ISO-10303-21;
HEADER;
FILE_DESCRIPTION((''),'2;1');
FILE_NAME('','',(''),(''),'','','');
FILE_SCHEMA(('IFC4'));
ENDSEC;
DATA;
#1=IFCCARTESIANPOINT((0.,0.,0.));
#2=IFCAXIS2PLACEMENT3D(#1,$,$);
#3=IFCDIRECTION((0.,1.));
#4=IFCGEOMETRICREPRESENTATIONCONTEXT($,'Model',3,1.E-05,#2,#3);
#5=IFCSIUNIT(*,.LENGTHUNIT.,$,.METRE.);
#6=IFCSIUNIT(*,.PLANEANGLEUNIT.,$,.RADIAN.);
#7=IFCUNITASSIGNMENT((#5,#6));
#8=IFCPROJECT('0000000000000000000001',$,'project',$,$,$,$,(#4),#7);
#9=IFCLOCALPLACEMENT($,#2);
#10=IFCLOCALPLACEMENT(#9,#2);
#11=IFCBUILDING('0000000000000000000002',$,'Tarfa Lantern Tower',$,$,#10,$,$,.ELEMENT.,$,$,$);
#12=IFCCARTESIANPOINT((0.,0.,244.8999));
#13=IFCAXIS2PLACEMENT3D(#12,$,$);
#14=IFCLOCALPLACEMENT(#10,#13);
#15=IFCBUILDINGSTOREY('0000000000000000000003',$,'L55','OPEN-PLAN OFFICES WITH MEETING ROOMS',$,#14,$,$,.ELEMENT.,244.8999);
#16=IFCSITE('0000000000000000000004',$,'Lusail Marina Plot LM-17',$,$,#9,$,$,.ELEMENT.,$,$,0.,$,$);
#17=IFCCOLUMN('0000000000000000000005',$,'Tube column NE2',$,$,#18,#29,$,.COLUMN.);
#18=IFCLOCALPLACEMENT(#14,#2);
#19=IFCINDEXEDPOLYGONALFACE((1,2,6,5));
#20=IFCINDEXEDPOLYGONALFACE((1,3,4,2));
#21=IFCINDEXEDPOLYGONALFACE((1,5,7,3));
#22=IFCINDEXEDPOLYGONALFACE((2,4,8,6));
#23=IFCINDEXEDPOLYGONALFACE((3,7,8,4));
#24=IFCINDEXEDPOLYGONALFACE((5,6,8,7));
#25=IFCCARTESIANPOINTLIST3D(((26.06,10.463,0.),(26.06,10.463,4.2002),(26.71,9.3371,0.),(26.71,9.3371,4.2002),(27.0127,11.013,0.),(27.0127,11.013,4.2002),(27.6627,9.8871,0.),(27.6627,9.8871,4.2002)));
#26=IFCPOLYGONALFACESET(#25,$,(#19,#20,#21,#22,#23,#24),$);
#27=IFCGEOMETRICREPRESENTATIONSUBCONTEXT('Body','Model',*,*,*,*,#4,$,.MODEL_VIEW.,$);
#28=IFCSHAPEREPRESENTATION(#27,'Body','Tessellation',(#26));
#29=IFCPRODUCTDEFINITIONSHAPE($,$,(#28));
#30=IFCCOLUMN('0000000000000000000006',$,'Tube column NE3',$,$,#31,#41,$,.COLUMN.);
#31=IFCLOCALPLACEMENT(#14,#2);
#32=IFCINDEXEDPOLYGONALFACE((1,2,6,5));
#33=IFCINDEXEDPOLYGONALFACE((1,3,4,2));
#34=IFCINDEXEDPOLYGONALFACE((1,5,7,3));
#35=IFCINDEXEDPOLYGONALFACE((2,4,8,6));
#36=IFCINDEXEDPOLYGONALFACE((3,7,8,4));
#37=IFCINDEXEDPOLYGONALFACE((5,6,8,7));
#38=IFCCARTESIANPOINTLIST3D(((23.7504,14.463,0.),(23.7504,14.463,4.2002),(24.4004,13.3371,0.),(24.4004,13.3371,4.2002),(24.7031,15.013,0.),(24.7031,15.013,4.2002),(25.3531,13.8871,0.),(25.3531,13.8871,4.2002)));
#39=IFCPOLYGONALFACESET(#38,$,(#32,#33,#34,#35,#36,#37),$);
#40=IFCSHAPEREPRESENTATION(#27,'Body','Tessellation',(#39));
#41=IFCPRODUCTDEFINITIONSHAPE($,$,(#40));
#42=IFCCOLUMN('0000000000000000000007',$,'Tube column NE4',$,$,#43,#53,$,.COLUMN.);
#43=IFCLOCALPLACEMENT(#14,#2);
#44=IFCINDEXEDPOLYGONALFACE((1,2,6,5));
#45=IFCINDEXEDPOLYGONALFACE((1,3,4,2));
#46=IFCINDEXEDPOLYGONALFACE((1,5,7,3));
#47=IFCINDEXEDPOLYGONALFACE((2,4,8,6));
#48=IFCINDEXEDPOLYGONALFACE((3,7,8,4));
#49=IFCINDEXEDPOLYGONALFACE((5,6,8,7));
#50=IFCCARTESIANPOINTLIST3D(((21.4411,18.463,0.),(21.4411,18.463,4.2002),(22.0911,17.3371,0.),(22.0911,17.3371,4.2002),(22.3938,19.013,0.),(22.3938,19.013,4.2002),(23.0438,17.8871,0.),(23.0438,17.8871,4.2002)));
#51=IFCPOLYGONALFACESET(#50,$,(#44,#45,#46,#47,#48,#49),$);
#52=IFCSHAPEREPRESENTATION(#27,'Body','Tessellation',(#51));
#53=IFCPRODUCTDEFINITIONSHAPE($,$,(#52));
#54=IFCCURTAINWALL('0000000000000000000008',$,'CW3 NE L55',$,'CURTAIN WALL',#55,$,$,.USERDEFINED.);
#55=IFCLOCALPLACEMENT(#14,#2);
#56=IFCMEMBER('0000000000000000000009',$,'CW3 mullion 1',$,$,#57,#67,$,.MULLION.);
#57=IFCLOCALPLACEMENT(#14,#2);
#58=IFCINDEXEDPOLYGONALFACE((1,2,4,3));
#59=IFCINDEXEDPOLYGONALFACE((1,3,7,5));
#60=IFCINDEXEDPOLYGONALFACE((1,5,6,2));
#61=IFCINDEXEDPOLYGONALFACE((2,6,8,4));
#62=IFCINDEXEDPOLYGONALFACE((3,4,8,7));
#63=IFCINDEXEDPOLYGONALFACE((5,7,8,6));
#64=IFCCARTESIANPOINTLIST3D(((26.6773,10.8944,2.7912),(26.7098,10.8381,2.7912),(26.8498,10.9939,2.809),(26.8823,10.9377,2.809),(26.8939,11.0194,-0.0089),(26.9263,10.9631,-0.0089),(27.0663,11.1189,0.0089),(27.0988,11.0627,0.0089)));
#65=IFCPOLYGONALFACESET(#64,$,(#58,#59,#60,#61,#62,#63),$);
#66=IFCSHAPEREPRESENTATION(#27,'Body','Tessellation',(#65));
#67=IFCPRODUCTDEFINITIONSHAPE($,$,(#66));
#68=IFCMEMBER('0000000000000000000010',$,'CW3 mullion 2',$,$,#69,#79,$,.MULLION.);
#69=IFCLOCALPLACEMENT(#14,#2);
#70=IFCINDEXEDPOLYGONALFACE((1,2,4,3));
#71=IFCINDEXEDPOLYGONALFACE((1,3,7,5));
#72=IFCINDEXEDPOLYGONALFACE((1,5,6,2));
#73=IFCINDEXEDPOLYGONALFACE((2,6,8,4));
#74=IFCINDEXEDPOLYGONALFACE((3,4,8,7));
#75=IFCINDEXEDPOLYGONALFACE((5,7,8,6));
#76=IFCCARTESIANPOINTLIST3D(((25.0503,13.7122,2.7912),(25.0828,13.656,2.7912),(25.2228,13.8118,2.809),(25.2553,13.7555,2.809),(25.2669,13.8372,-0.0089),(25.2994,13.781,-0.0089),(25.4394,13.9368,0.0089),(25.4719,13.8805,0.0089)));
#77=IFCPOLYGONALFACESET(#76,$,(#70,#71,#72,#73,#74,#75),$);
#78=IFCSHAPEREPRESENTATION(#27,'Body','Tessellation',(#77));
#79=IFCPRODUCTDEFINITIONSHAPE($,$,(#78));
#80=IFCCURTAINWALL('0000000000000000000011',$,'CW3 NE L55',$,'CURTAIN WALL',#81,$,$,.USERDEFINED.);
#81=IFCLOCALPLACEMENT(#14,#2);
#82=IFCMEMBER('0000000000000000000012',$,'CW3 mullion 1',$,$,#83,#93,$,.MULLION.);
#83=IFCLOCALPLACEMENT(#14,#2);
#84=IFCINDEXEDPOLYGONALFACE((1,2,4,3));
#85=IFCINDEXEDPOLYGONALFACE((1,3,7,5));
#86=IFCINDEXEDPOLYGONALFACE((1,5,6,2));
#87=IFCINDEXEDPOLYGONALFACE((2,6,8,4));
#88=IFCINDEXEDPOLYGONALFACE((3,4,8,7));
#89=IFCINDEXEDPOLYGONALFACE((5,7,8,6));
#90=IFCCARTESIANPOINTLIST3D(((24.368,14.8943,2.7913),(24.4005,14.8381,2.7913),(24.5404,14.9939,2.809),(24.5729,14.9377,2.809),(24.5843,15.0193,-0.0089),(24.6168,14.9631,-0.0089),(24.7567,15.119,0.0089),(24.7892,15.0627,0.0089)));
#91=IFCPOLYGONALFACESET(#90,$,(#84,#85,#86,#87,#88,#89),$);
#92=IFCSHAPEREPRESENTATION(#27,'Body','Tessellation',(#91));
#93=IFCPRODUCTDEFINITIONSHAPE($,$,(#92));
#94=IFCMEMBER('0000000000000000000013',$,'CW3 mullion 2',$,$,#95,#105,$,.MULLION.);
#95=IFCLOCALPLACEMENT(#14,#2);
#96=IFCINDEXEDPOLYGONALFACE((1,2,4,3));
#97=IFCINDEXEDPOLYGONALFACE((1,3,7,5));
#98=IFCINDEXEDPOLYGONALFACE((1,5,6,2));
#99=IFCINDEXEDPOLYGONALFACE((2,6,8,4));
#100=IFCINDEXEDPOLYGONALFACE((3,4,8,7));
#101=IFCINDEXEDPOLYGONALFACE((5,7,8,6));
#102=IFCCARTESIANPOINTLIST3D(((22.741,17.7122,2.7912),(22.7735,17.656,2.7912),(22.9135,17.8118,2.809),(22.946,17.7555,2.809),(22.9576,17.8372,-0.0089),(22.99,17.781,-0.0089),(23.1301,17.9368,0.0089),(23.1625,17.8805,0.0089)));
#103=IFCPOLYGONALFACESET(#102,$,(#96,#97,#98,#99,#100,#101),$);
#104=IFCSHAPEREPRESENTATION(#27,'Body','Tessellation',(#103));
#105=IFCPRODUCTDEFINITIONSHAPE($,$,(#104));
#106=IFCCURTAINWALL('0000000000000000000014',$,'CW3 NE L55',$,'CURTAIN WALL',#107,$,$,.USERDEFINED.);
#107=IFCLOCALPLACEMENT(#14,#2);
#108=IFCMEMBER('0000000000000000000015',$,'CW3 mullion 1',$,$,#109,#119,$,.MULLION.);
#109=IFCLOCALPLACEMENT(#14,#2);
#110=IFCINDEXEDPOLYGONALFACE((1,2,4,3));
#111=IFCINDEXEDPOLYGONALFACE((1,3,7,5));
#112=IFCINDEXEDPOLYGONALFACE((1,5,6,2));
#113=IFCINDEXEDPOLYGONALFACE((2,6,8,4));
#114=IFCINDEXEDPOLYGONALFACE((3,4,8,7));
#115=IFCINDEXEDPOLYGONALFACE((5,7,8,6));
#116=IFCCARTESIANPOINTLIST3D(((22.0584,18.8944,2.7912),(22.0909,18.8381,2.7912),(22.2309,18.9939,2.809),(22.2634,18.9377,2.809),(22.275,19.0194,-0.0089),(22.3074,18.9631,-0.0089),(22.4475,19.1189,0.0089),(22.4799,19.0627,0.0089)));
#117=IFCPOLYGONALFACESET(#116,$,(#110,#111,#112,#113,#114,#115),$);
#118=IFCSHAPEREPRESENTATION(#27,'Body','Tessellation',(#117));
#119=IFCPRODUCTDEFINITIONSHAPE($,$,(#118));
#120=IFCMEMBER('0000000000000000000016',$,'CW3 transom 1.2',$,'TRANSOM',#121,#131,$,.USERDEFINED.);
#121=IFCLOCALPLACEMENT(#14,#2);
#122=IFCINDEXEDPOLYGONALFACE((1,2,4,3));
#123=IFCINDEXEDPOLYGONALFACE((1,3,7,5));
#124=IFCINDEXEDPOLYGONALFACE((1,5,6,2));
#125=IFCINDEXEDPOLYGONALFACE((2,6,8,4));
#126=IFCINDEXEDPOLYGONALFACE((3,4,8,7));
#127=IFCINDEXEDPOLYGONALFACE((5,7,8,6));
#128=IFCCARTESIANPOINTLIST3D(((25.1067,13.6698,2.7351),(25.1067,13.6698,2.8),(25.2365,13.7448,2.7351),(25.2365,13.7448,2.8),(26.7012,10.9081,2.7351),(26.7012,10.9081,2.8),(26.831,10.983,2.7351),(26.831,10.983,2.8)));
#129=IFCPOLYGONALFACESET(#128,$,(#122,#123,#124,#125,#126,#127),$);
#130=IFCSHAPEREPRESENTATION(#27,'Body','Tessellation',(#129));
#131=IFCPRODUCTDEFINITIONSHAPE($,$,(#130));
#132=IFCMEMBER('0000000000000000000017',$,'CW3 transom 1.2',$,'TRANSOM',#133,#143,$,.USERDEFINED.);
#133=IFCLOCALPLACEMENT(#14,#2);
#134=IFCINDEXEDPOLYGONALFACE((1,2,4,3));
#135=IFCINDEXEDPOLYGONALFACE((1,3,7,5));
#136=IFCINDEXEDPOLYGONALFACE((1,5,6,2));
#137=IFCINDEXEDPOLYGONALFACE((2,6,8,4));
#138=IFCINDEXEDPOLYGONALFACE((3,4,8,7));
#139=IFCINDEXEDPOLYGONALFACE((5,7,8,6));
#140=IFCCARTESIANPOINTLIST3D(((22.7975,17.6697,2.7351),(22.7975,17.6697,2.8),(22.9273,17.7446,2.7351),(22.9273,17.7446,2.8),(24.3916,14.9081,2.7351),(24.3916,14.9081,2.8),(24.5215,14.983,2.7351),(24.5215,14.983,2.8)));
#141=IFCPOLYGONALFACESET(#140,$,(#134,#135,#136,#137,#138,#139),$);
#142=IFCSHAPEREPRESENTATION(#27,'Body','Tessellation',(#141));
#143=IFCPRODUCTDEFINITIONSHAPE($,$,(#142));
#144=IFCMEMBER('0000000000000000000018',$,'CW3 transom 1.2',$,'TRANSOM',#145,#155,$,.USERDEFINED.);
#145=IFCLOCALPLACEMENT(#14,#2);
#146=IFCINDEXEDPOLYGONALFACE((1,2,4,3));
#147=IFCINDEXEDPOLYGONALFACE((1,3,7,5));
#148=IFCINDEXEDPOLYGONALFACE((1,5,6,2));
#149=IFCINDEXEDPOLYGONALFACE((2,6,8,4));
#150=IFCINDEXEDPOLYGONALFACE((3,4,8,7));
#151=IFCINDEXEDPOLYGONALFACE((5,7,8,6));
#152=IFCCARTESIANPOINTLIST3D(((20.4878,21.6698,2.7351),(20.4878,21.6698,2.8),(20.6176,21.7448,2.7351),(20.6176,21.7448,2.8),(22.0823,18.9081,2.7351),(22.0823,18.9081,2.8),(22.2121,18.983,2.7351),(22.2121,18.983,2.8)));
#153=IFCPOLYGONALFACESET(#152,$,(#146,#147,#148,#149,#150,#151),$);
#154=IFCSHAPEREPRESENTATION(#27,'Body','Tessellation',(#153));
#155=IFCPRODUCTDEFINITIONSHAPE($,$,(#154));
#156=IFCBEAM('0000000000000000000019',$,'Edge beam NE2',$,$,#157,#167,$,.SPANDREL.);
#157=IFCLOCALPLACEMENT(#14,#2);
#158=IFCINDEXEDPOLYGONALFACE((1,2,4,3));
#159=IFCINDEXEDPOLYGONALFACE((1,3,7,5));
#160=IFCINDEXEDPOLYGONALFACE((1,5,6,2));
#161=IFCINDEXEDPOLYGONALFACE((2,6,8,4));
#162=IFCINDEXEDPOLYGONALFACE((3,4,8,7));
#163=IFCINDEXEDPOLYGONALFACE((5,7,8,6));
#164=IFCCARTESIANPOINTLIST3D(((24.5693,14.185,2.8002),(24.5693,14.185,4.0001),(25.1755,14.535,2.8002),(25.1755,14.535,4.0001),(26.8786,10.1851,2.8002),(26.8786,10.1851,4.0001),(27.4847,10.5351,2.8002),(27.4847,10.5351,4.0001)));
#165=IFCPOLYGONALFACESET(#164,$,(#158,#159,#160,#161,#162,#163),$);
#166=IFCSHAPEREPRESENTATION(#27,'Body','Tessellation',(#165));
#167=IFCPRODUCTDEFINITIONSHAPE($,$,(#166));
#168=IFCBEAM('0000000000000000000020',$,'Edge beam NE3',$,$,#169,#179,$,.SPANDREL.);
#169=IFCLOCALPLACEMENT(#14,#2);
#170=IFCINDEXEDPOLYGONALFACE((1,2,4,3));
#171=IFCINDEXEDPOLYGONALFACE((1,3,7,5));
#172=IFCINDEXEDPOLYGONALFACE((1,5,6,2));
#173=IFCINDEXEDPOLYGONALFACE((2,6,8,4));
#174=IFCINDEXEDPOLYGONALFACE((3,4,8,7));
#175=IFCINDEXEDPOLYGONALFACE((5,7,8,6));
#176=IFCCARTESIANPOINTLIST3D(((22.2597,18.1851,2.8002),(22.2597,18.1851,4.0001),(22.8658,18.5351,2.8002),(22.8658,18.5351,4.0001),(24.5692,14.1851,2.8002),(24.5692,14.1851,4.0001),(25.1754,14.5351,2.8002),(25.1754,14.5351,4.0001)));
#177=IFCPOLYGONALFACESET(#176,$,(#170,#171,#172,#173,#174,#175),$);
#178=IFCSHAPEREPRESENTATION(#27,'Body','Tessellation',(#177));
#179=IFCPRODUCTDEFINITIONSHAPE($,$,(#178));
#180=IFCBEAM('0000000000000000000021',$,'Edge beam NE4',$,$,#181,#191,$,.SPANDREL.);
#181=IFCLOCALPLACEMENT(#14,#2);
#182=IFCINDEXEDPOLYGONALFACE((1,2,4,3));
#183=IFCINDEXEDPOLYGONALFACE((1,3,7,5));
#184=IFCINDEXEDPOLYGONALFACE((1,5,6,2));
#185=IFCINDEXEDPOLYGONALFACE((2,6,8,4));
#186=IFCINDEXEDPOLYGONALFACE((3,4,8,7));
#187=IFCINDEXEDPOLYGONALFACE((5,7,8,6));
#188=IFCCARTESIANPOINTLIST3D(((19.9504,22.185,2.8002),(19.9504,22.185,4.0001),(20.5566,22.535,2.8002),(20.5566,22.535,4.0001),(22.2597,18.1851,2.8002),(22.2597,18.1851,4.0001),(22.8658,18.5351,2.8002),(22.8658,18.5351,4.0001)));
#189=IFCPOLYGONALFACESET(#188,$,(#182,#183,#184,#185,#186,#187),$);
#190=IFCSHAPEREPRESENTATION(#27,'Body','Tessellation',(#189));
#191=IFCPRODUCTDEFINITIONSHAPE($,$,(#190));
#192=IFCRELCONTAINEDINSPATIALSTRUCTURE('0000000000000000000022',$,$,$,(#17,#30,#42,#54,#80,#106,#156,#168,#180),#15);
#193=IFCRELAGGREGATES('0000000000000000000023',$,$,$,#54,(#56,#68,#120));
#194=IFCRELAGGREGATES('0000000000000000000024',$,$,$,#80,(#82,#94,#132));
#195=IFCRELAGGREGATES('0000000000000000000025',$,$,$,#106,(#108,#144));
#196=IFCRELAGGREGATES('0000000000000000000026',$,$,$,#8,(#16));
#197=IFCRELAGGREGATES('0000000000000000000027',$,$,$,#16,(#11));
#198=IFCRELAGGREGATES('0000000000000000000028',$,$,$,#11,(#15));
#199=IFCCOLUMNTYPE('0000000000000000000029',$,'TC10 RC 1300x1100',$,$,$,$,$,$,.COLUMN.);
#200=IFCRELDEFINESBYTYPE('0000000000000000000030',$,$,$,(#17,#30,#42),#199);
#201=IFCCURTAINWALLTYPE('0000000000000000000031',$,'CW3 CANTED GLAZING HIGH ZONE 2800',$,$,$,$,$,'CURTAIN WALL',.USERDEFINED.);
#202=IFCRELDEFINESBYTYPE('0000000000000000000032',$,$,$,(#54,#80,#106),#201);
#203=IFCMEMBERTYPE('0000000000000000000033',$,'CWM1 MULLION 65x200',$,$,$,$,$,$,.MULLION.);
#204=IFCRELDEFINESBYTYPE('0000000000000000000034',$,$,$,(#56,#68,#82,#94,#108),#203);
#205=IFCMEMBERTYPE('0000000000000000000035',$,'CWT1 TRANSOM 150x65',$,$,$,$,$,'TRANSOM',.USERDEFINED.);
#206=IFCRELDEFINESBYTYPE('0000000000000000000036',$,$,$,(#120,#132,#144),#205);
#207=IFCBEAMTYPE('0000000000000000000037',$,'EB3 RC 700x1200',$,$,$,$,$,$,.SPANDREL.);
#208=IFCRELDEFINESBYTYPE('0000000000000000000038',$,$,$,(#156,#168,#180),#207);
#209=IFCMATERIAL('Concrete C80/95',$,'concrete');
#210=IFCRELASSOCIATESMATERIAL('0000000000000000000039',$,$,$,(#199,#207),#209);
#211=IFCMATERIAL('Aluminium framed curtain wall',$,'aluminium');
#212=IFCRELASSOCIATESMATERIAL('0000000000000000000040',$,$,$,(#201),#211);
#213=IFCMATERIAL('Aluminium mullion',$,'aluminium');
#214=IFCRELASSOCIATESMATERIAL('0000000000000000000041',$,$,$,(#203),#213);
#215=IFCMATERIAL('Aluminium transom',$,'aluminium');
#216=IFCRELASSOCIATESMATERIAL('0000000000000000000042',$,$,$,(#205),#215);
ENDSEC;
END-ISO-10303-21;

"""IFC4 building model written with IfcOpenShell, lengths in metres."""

from ifc_helpers import new_model, si_unit, direction, frame, origin, origin_2d, place, context, subcontext, project, spatial, rectangle, extrude, material, material_profile, profile_set, type_object, element, aggregate, save


model = new_model("IFC4")

# Units and contexts
model_context = context("Model", 3, precision=1e-05, world=origin(), true_north=direction((0.0, 1.0)))
body_context = subcontext(model_context, "Body", "Model", "MODEL_VIEW")
ifc_project = project(units=[si_unit("LENGTHUNIT", "METRE"), si_unit("PLANEANGLEUNIT", "RADIAN")], contexts=[model_context])

# Site, building, storey
site_placement = place(None, origin())
site = spatial("IfcSite", under=ifc_project, at=site_placement, Name="Lusail Marina Plot LM-17", CompositionType="ELEMENT", RefElevation=0.0)
building_placement = place(site_placement, origin())
building = spatial("IfcBuilding", under=site, at=building_placement, Name="Tarfa Lantern Tower", CompositionType="ELEMENT")
storey_placement = place(building_placement, frame((0.0, 0.0, 244.8999)))
storey = spatial("IfcBuildingStorey", under=building, at=storey_placement, Name="L55", Description="OPEN-PLAN OFFICES WITH MEETING ROOMS", CompositionType="ELEMENT", Elevation=244.8999)

# Columns
ifc_material_1 = material(Name="Concrete C80/95", Category="concrete")
ifc_material_profile_1 = material_profile(ifc_material_1, rectangle(XDim=1.3, YDim=1.1001, at=origin_2d()), Name="RC 1300x1100")
ifc_profile_set_1 = profile_set([ifc_material_profile_1], Name="Concrete C80/95")
column_type = type_object("IfcColumnType", Name="TC10 RC 1300x1100", PredefinedType="COLUMN", material=ifc_profile_set_1)
for number, where, z_axis, x_axis, name in (
    (1, (26.8613, 10.175, 0.0), (0.0, 0.0, 1.0), (-0.5, 0.866025, 0.0), "Tube column NE2"),
    (2, (24.5518, 14.175, 0.0), (0.0, 0.0, 1.0), (-0.5, 0.866025, 0.0), "Tube column NE3"),
    (3, (22.2424, 18.175, 0.0), (0.0, 0.0, 1.0), (-0.5, 0.866025, 0.0), "Tube column NE4"),
):
    element("IfcColumn", number, at=place(storey_placement, frame(where, z_axis=z_axis, x_axis=x_axis)), inside=storey, type_object=column_type, Name=name, PredefinedType="COLUMN", context=body_context, shape_type="SweptSolid", body=[
        extrude(rectangle(XDim=1.3, YDim=1.1001, at=origin_2d()), origin(), (0.0, 0.0, 1.0), 4.2002),
    ])

# Curtain walls, members
ifc_material_2 = material(Name="Aluminium framed curtain wall", Category="aluminium")
curtain_wall_type = type_object("IfcCurtainWallType", Name="CW3 CANTED GLAZING HIGH ZONE 2800", ElementType="CURTAIN WALL", PredefinedType="USERDEFINED", material=ifc_material_2)
curtain_wall_1_placement = place(storey_placement, origin())
curtain_wall_1 = element("IfcCurtainWall", 4, at=curtain_wall_1_placement, inside=storey, type_object=curtain_wall_type, Name="CW3 NE L55", ObjectType="CURTAIN WALL", PredefinedType="USERDEFINED")
ifc_material_3 = material(Name="Aluminium mullion", Category="aluminium")
ifc_material_profile_2 = material_profile(ifc_material_3, rectangle(XDim=0.0649, YDim=0.2, at=origin_2d()), Name="AL MULLION 65x200")
ifc_profile_set_2 = profile_set([ifc_material_profile_2], Name="Aluminium mullion")
member_type_1 = type_object("IfcMemberType", Name="CWM1 MULLION 65x200", PredefinedType="MULLION", material=ifc_profile_set_2)
member_1_placement = place(storey_placement, frame((26.9963, 11.041, 0.0), z_axis=(-0.077032, -0.044465, 0.996037), x_axis=(0.49992, -0.866072, 0.0)))
member_1 = element("IfcMember", 5, at=member_1_placement, type_object=member_type_1, Name="CW3 mullion 1", PredefinedType="MULLION", context=body_context, shape_type="SweptSolid", body=[
    extrude(rectangle(XDim=0.0649, YDim=0.2, at=origin_2d()), origin(), (0.0, 0.0, 1.0), 2.8113),
])
member_2_placement = place(storey_placement, frame((25.3694, 13.8589, 0.0), z_axis=(-0.077032, -0.044465, 0.996037), x_axis=(0.49992, -0.866072, 0.0)))
member_2 = element("IfcMember", 6, at=member_2_placement, type_object=member_type_1, Name="CW3 mullion 2", PredefinedType="MULLION", context=body_context, shape_type="SweptSolid", body=[
    extrude(rectangle(XDim=0.0649, YDim=0.2, at=origin_2d()), origin(), (0.0, 0.0, 1.0), 2.8113),
])
curtain_wall_2_placement = place(storey_placement, origin())
curtain_wall_2 = element("IfcCurtainWall", 7, at=curtain_wall_2_placement, inside=storey, type_object=curtain_wall_type, Name="CW3 NE L55", ObjectType="CURTAIN WALL", PredefinedType="USERDEFINED")
member_3_placement = place(storey_placement, frame((24.6868, 15.041, 0.0), z_axis=(-0.076946, -0.044465, 0.996043), x_axis=(0.500343, -0.865827, 0.0)))
member_3 = element("IfcMember", 8, at=member_3_placement, type_object=member_type_1, Name="CW3 mullion 1", PredefinedType="MULLION", context=body_context, shape_type="SweptSolid", body=[
    extrude(rectangle(XDim=0.0649, YDim=0.2, at=origin_2d()), origin(), (0.0, 0.0, 1.0), 2.8113),
])
member_4_placement = place(storey_placement, frame((23.0601, 17.8589, 0.0), z_axis=(-0.077032, -0.044465, 0.996037), x_axis=(0.49992, -0.866072, 0.0)))
member_4 = element("IfcMember", 9, at=member_4_placement, type_object=member_type_1, Name="CW3 mullion 2", PredefinedType="MULLION", context=body_context, shape_type="SweptSolid", body=[
    extrude(rectangle(XDim=0.0649, YDim=0.2, at=origin_2d()), origin(), (0.0, 0.0, 1.0), 2.8113),
])

# Curtain wall, member
curtain_wall_3_placement = place(storey_placement, origin())
curtain_wall_3 = element("IfcCurtainWall", 10, at=curtain_wall_3_placement, inside=storey, type_object=curtain_wall_type, Name="CW3 NE L55", ObjectType="CURTAIN WALL", PredefinedType="USERDEFINED")
member_5_placement = place(storey_placement, frame((22.3774, 19.041, 0.0), z_axis=(-0.077032, -0.044465, 0.996037), x_axis=(0.49992, -0.866072, 0.0)))
member_5 = element("IfcMember", 11, at=member_5_placement, type_object=member_type_1, Name="CW3 mullion 1", PredefinedType="MULLION", context=body_context, shape_type="SweptSolid", body=[
    extrude(rectangle(XDim=0.0649, YDim=0.2, at=origin_2d()), origin(), (0.0, 0.0, 1.0), 2.8113),
])

# Members
ifc_material_4 = material(Name="Aluminium transom", Category="aluminium")
ifc_material_profile_3 = material_profile(ifc_material_4, rectangle(XDim=0.1499, YDim=0.0649, at=origin_2d()), Name="AL TRANSOM 150x65")
ifc_profile_set_3 = profile_set([ifc_material_profile_3], Name="Aluminium transom")
member_type_2 = type_object("IfcMemberType", Name="CWT1 TRANSOM 150x65", ElementType="TRANSOM", PredefinedType="USERDEFINED", material=ifc_profile_set_3)
member_6_placement = place(storey_placement, frame((26.7661, 10.9456, 2.7676), z_axis=(-0.500001, 0.866025, 0.0), x_axis=(-0.866025, -0.500001, 0.0)))
member_6 = element("IfcMember", 12, at=member_6_placement, type_object=member_type_2, Name="CW3 transom 1.2", ObjectType="TRANSOM", PredefinedType="USERDEFINED", context=body_context, shape_type="SweptSolid", body=[
    extrude(rectangle(XDim=0.1499, YDim=0.0649, at=origin_2d()), origin(), (0.0, 0.0, 1.0), 3.189),
])
member_7_placement = place(storey_placement, frame((24.4565, 14.9456, 2.7676), z_axis=(-0.499943, 0.866058, 0.0), x_axis=(-0.866058, -0.499943, 0.0)))
member_7 = element("IfcMember", 13, at=member_7_placement, type_object=member_type_2, Name="CW3 transom 1.2", ObjectType="TRANSOM", PredefinedType="USERDEFINED", context=body_context, shape_type="SweptSolid", body=[
    extrude(rectangle(XDim=0.1499, YDim=0.0649, at=origin_2d()), origin(), (0.0, 0.0, 1.0), 3.1887),
])
member_8_placement = place(storey_placement, frame((22.1472, 18.9456, 2.7676), z_axis=(-0.500001, 0.866025, 0.0), x_axis=(-0.866025, -0.500001, 0.0)))
member_8 = element("IfcMember", 14, at=member_8_placement, type_object=member_type_2, Name="CW3 transom 1.2", ObjectType="TRANSOM", PredefinedType="USERDEFINED", context=body_context, shape_type="SweptSolid", body=[
    extrude(rectangle(XDim=0.1499, YDim=0.0649, at=origin_2d()), origin(), (0.0, 0.0, 1.0), 3.189),
])

# Beams
ifc_material_profile_4 = material_profile(ifc_material_1, rectangle(XDim=0.7, YDim=1.2, at=origin_2d()), Name="RC 700x1200")
ifc_profile_set_4 = profile_set([ifc_material_profile_4], Name="Concrete C80/95")
beam_type_1 = type_object("IfcBeamType", Name="EB3 RC 700x1200", PredefinedType="SPANDREL", material=ifc_profile_set_4)
beam_1_placement = place(storey_placement, frame((27.1816, 10.3601, 3.4001), z_axis=(-0.499988, 0.866032, 0.0), x_axis=(-0.866032, -0.499988, 0.0)))
element("IfcBeam", 15, at=beam_1_placement, inside=storey, type_object=beam_type_1, Name="Edge beam NE2", PredefinedType="SPANDREL", context=body_context, shape_type="SweptSolid", body=[
    extrude(rectangle(XDim=0.7, YDim=1.2, at=origin_2d()), origin(), (0.0, 0.0, 1.0), 4.6187),
])
beam_2_placement = place(storey_placement, frame((24.8723, 14.3601, 3.4001), z_axis=(-0.500027, 0.86601, 0.0), x_axis=(-0.86601, -0.500027, 0.0)))
element("IfcBeam", 16, at=beam_2_placement, inside=storey, type_object=beam_type_1, Name="Edge beam NE3", PredefinedType="SPANDREL", context=body_context, shape_type="SweptSolid", body=[
    extrude(rectangle(XDim=0.7, YDim=1.2, at=origin_2d()), origin(), (0.0, 0.0, 1.0), 4.6189),
])
beam_3_placement = place(storey_placement, frame((22.5627, 18.3601, 3.4001), z_axis=(-0.499988, 0.866032, 0.0), x_axis=(-0.866032, -0.499988, 0.0)))
element("IfcBeam", 17, at=beam_3_placement, inside=storey, type_object=beam_type_1, Name="Edge beam NE4", PredefinedType="SPANDREL", context=body_context, shape_type="SweptSolid", body=[
    extrude(rectangle(XDim=0.7, YDim=1.2, at=origin_2d()), origin(), (0.0, 0.0, 1.0), 4.6187),
])

aggregate(curtain_wall_1, [member_1, member_2, member_6])
aggregate(curtain_wall_2, [member_3, member_4, member_7])
aggregate(curtain_wall_3, [member_5, member_8])

save(model, "model.ifc")
